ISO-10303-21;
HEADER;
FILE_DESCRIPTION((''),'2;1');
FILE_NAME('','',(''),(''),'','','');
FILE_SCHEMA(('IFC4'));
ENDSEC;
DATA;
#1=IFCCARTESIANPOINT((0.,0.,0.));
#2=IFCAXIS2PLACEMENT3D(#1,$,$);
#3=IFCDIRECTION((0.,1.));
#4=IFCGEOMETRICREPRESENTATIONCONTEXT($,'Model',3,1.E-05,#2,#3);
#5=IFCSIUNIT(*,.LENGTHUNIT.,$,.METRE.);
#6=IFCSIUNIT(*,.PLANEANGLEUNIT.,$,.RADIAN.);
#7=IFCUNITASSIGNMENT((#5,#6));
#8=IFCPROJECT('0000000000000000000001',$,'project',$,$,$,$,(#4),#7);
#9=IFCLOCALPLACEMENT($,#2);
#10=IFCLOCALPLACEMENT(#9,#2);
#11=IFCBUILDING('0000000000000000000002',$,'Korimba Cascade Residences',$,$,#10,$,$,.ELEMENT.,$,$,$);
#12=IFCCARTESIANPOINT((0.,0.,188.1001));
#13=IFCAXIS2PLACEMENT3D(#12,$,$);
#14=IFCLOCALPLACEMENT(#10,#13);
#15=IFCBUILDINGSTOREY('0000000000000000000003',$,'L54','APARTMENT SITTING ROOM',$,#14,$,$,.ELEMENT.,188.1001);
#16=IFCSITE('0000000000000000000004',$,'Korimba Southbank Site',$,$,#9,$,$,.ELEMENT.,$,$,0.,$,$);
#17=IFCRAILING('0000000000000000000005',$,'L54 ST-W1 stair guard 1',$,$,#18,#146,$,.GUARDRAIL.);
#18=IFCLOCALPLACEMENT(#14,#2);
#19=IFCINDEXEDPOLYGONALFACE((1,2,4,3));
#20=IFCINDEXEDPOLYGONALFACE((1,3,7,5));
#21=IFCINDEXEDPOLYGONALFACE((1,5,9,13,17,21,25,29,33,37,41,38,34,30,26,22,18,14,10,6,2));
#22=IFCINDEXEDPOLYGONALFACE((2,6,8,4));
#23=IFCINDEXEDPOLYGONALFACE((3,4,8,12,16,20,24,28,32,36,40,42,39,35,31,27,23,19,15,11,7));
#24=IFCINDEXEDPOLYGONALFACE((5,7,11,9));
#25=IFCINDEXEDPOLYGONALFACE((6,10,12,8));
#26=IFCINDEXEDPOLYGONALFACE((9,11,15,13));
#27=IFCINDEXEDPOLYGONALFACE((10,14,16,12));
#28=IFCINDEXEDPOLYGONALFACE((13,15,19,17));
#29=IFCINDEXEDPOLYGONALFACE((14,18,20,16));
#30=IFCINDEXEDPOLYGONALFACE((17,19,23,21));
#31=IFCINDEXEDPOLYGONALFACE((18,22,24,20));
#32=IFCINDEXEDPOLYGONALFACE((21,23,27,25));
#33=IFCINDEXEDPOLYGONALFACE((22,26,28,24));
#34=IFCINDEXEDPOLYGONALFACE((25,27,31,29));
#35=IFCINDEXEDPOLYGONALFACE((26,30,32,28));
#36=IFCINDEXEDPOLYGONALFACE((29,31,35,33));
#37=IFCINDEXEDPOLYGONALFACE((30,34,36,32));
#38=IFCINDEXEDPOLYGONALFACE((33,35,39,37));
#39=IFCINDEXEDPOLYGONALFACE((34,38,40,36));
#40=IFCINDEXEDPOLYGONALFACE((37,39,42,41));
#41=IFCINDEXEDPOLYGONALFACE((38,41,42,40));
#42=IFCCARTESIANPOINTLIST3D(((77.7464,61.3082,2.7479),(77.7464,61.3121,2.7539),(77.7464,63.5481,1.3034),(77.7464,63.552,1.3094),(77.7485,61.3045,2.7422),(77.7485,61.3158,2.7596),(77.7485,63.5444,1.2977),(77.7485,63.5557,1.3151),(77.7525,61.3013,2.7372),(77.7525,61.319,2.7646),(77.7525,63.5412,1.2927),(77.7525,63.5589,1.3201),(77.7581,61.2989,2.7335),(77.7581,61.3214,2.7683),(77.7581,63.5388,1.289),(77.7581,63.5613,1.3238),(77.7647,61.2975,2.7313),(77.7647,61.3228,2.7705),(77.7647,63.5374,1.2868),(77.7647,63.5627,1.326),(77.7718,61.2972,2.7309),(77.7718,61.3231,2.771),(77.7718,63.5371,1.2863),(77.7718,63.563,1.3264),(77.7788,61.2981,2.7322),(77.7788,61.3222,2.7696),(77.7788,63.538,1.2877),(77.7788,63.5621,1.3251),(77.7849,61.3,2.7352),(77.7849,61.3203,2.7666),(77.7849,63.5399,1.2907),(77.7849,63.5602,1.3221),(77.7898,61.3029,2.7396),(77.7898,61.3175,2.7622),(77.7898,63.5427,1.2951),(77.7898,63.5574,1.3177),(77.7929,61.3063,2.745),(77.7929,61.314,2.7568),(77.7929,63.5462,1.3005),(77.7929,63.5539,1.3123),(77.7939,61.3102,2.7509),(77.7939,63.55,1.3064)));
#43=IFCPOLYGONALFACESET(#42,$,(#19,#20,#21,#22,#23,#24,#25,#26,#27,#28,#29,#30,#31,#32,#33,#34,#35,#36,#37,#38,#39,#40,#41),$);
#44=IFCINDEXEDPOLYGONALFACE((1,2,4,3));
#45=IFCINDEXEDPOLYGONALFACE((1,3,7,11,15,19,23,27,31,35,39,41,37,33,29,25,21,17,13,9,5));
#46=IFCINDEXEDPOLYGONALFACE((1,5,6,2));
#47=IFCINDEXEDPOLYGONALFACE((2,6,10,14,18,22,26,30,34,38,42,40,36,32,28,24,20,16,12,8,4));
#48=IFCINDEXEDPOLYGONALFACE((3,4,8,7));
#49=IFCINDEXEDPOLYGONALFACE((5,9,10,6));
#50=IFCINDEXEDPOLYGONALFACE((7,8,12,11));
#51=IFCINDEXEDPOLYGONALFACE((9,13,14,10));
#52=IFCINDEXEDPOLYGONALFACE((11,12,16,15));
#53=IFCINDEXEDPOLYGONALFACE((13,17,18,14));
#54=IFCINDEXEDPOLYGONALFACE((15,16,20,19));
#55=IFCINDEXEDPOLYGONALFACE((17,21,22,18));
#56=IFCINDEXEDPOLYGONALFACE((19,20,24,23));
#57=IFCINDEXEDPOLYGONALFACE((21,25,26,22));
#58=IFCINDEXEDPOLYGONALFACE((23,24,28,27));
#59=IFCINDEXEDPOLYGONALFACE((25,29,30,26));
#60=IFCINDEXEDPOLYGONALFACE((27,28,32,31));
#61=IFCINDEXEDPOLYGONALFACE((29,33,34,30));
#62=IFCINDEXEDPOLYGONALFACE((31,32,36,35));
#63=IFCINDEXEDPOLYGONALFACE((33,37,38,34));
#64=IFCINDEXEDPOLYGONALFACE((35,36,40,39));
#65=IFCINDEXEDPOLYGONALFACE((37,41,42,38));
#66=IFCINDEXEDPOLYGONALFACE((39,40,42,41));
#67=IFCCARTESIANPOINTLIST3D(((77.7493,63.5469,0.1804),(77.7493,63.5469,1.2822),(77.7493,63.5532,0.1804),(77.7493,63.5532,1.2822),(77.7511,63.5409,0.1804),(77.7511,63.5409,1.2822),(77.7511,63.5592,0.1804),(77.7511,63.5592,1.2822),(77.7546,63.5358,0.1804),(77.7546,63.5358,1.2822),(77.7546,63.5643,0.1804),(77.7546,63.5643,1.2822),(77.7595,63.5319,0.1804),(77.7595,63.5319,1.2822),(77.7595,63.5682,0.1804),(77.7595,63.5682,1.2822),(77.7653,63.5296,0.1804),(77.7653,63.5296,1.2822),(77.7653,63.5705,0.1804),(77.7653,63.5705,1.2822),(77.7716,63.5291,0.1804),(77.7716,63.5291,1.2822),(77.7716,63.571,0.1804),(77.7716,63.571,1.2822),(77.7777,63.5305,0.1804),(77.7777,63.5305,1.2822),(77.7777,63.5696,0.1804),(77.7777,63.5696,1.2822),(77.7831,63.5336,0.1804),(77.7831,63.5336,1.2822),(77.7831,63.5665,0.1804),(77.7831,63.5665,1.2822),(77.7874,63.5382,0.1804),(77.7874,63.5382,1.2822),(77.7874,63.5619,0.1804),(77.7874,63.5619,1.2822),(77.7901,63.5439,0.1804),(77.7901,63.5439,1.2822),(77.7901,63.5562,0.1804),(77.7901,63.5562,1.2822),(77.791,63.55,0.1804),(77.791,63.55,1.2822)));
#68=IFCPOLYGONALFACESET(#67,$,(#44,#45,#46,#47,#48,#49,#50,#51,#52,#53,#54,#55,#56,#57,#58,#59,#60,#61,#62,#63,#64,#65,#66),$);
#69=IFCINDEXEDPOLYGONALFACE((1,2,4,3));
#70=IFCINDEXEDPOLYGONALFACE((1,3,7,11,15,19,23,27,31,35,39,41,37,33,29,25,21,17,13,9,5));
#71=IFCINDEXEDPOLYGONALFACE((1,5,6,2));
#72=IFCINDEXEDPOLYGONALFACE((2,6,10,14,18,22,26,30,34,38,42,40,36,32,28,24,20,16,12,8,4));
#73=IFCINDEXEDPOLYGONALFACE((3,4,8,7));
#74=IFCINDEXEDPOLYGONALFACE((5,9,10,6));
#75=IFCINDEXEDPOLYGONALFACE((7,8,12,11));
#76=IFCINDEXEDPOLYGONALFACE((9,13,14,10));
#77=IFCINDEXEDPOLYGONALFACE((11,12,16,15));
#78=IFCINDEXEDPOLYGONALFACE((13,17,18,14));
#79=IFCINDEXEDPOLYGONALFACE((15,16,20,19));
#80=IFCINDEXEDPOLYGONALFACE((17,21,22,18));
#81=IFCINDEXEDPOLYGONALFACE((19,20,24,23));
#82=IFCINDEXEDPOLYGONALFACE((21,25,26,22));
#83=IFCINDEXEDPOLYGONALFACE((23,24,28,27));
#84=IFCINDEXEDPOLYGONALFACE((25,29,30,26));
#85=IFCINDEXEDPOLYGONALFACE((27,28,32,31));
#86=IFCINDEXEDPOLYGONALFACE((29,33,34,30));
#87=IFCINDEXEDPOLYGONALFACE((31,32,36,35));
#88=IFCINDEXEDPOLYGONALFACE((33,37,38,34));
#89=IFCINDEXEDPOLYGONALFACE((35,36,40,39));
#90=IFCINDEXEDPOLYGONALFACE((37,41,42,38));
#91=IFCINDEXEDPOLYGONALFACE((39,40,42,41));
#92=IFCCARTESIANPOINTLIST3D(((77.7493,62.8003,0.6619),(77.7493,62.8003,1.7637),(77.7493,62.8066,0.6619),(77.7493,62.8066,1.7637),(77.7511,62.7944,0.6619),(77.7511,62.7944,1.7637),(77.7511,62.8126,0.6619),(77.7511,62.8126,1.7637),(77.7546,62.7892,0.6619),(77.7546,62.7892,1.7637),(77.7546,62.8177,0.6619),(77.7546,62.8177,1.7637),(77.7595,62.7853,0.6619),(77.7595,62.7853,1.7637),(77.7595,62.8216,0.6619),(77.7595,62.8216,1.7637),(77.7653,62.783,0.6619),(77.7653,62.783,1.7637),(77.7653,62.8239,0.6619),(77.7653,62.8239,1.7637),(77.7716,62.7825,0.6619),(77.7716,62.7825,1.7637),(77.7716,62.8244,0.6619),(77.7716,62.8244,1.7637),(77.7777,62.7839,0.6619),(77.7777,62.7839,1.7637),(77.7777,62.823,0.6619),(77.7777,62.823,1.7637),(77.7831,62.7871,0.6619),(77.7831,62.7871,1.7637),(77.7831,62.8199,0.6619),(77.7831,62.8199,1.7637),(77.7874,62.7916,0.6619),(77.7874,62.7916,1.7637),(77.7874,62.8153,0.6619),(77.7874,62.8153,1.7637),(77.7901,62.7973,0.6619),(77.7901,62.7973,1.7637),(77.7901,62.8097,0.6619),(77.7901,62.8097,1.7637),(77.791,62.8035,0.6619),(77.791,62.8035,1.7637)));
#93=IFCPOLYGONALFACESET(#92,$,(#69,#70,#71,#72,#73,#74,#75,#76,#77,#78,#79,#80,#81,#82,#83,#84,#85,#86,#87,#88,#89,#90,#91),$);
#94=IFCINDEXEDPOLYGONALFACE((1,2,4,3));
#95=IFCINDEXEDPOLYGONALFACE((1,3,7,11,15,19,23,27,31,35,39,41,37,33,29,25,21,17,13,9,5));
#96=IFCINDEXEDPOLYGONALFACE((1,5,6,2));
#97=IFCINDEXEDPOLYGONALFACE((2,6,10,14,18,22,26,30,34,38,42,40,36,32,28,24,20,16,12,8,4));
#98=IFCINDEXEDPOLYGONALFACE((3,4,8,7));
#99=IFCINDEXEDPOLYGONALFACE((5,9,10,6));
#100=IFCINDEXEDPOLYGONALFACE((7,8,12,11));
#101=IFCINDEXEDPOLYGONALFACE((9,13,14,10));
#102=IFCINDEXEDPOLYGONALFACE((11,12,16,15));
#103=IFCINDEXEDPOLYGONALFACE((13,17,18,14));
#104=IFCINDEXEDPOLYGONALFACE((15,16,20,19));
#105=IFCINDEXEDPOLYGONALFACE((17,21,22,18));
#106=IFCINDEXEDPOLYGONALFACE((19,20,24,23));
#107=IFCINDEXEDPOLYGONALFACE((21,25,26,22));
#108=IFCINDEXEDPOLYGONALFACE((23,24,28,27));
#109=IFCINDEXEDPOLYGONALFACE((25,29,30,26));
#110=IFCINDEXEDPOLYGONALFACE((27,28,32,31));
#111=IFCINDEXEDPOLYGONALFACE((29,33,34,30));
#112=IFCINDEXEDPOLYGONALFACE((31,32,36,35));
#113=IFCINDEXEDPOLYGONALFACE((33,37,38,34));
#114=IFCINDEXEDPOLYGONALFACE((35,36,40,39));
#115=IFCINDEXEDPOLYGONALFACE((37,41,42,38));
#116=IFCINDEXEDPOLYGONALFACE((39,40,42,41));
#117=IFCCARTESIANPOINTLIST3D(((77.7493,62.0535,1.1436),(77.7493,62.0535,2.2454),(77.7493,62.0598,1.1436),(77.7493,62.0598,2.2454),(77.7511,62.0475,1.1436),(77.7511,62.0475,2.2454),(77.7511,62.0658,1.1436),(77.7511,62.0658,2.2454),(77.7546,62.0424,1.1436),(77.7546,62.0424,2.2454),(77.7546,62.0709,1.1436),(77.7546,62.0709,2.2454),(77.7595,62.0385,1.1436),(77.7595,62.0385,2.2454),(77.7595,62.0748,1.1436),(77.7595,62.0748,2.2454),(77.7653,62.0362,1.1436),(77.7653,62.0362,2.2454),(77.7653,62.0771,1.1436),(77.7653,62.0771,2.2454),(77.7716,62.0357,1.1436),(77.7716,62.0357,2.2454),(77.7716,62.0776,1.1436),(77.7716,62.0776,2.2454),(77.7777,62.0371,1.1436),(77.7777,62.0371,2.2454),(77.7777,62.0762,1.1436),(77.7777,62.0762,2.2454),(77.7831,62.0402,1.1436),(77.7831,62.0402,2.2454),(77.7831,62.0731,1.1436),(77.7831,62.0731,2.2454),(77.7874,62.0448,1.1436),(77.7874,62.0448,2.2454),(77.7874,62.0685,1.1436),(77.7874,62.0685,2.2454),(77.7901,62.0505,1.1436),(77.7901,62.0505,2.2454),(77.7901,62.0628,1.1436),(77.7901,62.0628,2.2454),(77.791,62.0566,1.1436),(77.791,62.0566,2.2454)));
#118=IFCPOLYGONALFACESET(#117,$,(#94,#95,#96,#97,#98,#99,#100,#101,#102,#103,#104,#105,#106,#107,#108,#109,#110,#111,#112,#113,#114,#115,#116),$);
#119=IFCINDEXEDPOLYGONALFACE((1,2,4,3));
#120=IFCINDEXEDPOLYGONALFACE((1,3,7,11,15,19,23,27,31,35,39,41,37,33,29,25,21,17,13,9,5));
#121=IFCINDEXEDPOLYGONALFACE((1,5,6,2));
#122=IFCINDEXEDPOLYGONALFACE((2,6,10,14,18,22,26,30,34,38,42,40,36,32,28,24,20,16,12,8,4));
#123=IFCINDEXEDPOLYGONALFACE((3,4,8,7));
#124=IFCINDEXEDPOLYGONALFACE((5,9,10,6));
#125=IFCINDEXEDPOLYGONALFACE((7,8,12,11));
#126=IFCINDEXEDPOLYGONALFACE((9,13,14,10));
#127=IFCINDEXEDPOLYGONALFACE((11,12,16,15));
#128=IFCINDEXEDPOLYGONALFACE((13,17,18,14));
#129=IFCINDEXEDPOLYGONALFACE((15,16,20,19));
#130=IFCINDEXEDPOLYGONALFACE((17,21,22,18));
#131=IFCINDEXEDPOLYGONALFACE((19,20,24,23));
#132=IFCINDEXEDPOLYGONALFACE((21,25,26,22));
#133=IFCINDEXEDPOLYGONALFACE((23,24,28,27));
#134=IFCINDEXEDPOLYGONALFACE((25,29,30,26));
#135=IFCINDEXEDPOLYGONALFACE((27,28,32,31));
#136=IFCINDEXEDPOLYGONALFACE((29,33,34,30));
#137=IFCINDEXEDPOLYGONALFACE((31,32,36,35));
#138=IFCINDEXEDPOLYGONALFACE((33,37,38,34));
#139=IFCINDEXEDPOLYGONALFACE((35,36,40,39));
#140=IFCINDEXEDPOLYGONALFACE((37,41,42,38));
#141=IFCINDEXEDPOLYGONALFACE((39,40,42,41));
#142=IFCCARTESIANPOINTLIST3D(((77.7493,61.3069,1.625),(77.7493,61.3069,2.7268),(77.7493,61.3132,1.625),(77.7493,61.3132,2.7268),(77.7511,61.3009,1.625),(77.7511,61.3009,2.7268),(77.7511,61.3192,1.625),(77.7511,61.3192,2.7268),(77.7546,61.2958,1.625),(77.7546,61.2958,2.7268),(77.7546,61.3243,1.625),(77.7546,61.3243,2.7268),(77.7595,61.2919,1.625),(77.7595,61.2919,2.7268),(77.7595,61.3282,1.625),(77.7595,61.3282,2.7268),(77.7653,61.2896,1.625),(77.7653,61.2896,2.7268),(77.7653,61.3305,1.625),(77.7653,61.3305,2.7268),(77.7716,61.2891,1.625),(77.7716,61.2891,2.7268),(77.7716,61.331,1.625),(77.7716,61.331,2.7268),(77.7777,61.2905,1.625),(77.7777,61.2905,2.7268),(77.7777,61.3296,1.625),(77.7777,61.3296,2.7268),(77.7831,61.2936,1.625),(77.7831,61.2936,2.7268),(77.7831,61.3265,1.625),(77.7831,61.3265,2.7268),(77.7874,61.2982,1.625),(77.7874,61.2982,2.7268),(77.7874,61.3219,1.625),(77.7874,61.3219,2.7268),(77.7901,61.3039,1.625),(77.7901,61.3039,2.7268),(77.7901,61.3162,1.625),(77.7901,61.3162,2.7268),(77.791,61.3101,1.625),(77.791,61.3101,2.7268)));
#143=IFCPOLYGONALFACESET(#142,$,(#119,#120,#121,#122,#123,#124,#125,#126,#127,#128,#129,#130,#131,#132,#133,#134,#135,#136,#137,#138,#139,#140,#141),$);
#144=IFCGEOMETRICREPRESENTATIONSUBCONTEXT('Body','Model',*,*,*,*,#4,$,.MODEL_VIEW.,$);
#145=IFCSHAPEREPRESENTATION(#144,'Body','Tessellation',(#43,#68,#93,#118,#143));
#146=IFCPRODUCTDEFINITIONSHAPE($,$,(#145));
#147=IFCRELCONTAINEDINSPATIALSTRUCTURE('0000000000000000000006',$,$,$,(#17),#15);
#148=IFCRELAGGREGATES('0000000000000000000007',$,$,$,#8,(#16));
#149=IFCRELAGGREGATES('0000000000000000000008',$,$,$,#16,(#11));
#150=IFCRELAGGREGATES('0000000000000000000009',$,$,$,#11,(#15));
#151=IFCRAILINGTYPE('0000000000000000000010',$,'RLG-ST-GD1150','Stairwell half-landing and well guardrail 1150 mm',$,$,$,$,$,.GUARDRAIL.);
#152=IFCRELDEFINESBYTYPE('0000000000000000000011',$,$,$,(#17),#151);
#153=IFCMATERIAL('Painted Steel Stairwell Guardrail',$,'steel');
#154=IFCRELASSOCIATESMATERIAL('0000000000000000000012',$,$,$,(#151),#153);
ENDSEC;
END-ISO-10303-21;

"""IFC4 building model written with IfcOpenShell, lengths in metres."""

from ifc_helpers import new_model, si_unit, direction, frame, origin, origin_2d, place, context, subcontext, project, spatial, circle, extrude, material, type_object, element, save


model = new_model("IFC4")

# Units and contexts
model_context = context("Model", 3, precision=1e-05, world=origin(), true_north=direction((0.0, 1.0)))
body_context = subcontext(model_context, "Body", "Model", "MODEL_VIEW")
ifc_project = project(units=[si_unit("LENGTHUNIT", "METRE"), si_unit("PLANEANGLEUNIT", "RADIAN")], contexts=[model_context])

# Site, building, storey
site_placement = place(None, origin())
site = spatial("IfcSite", under=ifc_project, at=site_placement, Name="Korimba Southbank Site", CompositionType="ELEMENT", RefElevation=0.0)
building_placement = place(site_placement, origin())
building = spatial("IfcBuilding", under=site, at=building_placement, Name="Korimba Cascade Residences", CompositionType="ELEMENT")
storey_placement = place(building_placement, frame((0.0, 0.0, 188.1001)))
storey = spatial("IfcBuildingStorey", under=building, at=storey_placement, Name="L54", Description="APARTMENT SITTING ROOM", CompositionType="ELEMENT", Elevation=188.1001)

# Railing
ifc_material_1 = material(Name="Painted Steel Stairwell Guardrail", Category="steel")
railing_type_1 = type_object("IfcRailingType", Name="RLG-ST-GD1150", Description="Stairwell half-landing and well guardrail 1150 mm", PredefinedType="GUARDRAIL", material=ifc_material_1)
railing_1_placement = place(storey_placement, frame((77.77, 63.55, 0.1804)))
element("IfcRailing", 1, at=railing_1_placement, inside=storey, type_object=railing_type_1, Name="L54 ST-W1 stair guard 1", PredefinedType="GUARDRAIL", context=body_context, shape_type="SweptSolid", body=[
    extrude(circle(Radius=0.0239, at=origin_2d()), frame((0.0, 0.0, 1.126), z_axis=(0.0, -0.840395, 0.541975), x_axis=(1.0, 0.0, 0.0)), (0.0, 0.0, 1.0), 2.6653),
    extrude(circle(Radius=0.021, at=origin_2d()), origin(), (0.0, 0.0, 1.0), 1.1018),
    extrude(circle(Radius=0.021, at=origin_2d()), frame((0.0, -0.7466, 0.4814)), (0.0, 0.0, 1.0), 1.1018),
    extrude(circle(Radius=0.021, at=origin_2d()), frame((0.0, -1.4934, 0.9631)), (0.0, 0.0, 1.0), 1.1018),
    extrude(circle(Radius=0.021, at=origin_2d()), frame((0.0, -2.24, 1.4446)), (0.0, 0.0, 1.0), 1.1018),
])

save(model, "model.ifc")
